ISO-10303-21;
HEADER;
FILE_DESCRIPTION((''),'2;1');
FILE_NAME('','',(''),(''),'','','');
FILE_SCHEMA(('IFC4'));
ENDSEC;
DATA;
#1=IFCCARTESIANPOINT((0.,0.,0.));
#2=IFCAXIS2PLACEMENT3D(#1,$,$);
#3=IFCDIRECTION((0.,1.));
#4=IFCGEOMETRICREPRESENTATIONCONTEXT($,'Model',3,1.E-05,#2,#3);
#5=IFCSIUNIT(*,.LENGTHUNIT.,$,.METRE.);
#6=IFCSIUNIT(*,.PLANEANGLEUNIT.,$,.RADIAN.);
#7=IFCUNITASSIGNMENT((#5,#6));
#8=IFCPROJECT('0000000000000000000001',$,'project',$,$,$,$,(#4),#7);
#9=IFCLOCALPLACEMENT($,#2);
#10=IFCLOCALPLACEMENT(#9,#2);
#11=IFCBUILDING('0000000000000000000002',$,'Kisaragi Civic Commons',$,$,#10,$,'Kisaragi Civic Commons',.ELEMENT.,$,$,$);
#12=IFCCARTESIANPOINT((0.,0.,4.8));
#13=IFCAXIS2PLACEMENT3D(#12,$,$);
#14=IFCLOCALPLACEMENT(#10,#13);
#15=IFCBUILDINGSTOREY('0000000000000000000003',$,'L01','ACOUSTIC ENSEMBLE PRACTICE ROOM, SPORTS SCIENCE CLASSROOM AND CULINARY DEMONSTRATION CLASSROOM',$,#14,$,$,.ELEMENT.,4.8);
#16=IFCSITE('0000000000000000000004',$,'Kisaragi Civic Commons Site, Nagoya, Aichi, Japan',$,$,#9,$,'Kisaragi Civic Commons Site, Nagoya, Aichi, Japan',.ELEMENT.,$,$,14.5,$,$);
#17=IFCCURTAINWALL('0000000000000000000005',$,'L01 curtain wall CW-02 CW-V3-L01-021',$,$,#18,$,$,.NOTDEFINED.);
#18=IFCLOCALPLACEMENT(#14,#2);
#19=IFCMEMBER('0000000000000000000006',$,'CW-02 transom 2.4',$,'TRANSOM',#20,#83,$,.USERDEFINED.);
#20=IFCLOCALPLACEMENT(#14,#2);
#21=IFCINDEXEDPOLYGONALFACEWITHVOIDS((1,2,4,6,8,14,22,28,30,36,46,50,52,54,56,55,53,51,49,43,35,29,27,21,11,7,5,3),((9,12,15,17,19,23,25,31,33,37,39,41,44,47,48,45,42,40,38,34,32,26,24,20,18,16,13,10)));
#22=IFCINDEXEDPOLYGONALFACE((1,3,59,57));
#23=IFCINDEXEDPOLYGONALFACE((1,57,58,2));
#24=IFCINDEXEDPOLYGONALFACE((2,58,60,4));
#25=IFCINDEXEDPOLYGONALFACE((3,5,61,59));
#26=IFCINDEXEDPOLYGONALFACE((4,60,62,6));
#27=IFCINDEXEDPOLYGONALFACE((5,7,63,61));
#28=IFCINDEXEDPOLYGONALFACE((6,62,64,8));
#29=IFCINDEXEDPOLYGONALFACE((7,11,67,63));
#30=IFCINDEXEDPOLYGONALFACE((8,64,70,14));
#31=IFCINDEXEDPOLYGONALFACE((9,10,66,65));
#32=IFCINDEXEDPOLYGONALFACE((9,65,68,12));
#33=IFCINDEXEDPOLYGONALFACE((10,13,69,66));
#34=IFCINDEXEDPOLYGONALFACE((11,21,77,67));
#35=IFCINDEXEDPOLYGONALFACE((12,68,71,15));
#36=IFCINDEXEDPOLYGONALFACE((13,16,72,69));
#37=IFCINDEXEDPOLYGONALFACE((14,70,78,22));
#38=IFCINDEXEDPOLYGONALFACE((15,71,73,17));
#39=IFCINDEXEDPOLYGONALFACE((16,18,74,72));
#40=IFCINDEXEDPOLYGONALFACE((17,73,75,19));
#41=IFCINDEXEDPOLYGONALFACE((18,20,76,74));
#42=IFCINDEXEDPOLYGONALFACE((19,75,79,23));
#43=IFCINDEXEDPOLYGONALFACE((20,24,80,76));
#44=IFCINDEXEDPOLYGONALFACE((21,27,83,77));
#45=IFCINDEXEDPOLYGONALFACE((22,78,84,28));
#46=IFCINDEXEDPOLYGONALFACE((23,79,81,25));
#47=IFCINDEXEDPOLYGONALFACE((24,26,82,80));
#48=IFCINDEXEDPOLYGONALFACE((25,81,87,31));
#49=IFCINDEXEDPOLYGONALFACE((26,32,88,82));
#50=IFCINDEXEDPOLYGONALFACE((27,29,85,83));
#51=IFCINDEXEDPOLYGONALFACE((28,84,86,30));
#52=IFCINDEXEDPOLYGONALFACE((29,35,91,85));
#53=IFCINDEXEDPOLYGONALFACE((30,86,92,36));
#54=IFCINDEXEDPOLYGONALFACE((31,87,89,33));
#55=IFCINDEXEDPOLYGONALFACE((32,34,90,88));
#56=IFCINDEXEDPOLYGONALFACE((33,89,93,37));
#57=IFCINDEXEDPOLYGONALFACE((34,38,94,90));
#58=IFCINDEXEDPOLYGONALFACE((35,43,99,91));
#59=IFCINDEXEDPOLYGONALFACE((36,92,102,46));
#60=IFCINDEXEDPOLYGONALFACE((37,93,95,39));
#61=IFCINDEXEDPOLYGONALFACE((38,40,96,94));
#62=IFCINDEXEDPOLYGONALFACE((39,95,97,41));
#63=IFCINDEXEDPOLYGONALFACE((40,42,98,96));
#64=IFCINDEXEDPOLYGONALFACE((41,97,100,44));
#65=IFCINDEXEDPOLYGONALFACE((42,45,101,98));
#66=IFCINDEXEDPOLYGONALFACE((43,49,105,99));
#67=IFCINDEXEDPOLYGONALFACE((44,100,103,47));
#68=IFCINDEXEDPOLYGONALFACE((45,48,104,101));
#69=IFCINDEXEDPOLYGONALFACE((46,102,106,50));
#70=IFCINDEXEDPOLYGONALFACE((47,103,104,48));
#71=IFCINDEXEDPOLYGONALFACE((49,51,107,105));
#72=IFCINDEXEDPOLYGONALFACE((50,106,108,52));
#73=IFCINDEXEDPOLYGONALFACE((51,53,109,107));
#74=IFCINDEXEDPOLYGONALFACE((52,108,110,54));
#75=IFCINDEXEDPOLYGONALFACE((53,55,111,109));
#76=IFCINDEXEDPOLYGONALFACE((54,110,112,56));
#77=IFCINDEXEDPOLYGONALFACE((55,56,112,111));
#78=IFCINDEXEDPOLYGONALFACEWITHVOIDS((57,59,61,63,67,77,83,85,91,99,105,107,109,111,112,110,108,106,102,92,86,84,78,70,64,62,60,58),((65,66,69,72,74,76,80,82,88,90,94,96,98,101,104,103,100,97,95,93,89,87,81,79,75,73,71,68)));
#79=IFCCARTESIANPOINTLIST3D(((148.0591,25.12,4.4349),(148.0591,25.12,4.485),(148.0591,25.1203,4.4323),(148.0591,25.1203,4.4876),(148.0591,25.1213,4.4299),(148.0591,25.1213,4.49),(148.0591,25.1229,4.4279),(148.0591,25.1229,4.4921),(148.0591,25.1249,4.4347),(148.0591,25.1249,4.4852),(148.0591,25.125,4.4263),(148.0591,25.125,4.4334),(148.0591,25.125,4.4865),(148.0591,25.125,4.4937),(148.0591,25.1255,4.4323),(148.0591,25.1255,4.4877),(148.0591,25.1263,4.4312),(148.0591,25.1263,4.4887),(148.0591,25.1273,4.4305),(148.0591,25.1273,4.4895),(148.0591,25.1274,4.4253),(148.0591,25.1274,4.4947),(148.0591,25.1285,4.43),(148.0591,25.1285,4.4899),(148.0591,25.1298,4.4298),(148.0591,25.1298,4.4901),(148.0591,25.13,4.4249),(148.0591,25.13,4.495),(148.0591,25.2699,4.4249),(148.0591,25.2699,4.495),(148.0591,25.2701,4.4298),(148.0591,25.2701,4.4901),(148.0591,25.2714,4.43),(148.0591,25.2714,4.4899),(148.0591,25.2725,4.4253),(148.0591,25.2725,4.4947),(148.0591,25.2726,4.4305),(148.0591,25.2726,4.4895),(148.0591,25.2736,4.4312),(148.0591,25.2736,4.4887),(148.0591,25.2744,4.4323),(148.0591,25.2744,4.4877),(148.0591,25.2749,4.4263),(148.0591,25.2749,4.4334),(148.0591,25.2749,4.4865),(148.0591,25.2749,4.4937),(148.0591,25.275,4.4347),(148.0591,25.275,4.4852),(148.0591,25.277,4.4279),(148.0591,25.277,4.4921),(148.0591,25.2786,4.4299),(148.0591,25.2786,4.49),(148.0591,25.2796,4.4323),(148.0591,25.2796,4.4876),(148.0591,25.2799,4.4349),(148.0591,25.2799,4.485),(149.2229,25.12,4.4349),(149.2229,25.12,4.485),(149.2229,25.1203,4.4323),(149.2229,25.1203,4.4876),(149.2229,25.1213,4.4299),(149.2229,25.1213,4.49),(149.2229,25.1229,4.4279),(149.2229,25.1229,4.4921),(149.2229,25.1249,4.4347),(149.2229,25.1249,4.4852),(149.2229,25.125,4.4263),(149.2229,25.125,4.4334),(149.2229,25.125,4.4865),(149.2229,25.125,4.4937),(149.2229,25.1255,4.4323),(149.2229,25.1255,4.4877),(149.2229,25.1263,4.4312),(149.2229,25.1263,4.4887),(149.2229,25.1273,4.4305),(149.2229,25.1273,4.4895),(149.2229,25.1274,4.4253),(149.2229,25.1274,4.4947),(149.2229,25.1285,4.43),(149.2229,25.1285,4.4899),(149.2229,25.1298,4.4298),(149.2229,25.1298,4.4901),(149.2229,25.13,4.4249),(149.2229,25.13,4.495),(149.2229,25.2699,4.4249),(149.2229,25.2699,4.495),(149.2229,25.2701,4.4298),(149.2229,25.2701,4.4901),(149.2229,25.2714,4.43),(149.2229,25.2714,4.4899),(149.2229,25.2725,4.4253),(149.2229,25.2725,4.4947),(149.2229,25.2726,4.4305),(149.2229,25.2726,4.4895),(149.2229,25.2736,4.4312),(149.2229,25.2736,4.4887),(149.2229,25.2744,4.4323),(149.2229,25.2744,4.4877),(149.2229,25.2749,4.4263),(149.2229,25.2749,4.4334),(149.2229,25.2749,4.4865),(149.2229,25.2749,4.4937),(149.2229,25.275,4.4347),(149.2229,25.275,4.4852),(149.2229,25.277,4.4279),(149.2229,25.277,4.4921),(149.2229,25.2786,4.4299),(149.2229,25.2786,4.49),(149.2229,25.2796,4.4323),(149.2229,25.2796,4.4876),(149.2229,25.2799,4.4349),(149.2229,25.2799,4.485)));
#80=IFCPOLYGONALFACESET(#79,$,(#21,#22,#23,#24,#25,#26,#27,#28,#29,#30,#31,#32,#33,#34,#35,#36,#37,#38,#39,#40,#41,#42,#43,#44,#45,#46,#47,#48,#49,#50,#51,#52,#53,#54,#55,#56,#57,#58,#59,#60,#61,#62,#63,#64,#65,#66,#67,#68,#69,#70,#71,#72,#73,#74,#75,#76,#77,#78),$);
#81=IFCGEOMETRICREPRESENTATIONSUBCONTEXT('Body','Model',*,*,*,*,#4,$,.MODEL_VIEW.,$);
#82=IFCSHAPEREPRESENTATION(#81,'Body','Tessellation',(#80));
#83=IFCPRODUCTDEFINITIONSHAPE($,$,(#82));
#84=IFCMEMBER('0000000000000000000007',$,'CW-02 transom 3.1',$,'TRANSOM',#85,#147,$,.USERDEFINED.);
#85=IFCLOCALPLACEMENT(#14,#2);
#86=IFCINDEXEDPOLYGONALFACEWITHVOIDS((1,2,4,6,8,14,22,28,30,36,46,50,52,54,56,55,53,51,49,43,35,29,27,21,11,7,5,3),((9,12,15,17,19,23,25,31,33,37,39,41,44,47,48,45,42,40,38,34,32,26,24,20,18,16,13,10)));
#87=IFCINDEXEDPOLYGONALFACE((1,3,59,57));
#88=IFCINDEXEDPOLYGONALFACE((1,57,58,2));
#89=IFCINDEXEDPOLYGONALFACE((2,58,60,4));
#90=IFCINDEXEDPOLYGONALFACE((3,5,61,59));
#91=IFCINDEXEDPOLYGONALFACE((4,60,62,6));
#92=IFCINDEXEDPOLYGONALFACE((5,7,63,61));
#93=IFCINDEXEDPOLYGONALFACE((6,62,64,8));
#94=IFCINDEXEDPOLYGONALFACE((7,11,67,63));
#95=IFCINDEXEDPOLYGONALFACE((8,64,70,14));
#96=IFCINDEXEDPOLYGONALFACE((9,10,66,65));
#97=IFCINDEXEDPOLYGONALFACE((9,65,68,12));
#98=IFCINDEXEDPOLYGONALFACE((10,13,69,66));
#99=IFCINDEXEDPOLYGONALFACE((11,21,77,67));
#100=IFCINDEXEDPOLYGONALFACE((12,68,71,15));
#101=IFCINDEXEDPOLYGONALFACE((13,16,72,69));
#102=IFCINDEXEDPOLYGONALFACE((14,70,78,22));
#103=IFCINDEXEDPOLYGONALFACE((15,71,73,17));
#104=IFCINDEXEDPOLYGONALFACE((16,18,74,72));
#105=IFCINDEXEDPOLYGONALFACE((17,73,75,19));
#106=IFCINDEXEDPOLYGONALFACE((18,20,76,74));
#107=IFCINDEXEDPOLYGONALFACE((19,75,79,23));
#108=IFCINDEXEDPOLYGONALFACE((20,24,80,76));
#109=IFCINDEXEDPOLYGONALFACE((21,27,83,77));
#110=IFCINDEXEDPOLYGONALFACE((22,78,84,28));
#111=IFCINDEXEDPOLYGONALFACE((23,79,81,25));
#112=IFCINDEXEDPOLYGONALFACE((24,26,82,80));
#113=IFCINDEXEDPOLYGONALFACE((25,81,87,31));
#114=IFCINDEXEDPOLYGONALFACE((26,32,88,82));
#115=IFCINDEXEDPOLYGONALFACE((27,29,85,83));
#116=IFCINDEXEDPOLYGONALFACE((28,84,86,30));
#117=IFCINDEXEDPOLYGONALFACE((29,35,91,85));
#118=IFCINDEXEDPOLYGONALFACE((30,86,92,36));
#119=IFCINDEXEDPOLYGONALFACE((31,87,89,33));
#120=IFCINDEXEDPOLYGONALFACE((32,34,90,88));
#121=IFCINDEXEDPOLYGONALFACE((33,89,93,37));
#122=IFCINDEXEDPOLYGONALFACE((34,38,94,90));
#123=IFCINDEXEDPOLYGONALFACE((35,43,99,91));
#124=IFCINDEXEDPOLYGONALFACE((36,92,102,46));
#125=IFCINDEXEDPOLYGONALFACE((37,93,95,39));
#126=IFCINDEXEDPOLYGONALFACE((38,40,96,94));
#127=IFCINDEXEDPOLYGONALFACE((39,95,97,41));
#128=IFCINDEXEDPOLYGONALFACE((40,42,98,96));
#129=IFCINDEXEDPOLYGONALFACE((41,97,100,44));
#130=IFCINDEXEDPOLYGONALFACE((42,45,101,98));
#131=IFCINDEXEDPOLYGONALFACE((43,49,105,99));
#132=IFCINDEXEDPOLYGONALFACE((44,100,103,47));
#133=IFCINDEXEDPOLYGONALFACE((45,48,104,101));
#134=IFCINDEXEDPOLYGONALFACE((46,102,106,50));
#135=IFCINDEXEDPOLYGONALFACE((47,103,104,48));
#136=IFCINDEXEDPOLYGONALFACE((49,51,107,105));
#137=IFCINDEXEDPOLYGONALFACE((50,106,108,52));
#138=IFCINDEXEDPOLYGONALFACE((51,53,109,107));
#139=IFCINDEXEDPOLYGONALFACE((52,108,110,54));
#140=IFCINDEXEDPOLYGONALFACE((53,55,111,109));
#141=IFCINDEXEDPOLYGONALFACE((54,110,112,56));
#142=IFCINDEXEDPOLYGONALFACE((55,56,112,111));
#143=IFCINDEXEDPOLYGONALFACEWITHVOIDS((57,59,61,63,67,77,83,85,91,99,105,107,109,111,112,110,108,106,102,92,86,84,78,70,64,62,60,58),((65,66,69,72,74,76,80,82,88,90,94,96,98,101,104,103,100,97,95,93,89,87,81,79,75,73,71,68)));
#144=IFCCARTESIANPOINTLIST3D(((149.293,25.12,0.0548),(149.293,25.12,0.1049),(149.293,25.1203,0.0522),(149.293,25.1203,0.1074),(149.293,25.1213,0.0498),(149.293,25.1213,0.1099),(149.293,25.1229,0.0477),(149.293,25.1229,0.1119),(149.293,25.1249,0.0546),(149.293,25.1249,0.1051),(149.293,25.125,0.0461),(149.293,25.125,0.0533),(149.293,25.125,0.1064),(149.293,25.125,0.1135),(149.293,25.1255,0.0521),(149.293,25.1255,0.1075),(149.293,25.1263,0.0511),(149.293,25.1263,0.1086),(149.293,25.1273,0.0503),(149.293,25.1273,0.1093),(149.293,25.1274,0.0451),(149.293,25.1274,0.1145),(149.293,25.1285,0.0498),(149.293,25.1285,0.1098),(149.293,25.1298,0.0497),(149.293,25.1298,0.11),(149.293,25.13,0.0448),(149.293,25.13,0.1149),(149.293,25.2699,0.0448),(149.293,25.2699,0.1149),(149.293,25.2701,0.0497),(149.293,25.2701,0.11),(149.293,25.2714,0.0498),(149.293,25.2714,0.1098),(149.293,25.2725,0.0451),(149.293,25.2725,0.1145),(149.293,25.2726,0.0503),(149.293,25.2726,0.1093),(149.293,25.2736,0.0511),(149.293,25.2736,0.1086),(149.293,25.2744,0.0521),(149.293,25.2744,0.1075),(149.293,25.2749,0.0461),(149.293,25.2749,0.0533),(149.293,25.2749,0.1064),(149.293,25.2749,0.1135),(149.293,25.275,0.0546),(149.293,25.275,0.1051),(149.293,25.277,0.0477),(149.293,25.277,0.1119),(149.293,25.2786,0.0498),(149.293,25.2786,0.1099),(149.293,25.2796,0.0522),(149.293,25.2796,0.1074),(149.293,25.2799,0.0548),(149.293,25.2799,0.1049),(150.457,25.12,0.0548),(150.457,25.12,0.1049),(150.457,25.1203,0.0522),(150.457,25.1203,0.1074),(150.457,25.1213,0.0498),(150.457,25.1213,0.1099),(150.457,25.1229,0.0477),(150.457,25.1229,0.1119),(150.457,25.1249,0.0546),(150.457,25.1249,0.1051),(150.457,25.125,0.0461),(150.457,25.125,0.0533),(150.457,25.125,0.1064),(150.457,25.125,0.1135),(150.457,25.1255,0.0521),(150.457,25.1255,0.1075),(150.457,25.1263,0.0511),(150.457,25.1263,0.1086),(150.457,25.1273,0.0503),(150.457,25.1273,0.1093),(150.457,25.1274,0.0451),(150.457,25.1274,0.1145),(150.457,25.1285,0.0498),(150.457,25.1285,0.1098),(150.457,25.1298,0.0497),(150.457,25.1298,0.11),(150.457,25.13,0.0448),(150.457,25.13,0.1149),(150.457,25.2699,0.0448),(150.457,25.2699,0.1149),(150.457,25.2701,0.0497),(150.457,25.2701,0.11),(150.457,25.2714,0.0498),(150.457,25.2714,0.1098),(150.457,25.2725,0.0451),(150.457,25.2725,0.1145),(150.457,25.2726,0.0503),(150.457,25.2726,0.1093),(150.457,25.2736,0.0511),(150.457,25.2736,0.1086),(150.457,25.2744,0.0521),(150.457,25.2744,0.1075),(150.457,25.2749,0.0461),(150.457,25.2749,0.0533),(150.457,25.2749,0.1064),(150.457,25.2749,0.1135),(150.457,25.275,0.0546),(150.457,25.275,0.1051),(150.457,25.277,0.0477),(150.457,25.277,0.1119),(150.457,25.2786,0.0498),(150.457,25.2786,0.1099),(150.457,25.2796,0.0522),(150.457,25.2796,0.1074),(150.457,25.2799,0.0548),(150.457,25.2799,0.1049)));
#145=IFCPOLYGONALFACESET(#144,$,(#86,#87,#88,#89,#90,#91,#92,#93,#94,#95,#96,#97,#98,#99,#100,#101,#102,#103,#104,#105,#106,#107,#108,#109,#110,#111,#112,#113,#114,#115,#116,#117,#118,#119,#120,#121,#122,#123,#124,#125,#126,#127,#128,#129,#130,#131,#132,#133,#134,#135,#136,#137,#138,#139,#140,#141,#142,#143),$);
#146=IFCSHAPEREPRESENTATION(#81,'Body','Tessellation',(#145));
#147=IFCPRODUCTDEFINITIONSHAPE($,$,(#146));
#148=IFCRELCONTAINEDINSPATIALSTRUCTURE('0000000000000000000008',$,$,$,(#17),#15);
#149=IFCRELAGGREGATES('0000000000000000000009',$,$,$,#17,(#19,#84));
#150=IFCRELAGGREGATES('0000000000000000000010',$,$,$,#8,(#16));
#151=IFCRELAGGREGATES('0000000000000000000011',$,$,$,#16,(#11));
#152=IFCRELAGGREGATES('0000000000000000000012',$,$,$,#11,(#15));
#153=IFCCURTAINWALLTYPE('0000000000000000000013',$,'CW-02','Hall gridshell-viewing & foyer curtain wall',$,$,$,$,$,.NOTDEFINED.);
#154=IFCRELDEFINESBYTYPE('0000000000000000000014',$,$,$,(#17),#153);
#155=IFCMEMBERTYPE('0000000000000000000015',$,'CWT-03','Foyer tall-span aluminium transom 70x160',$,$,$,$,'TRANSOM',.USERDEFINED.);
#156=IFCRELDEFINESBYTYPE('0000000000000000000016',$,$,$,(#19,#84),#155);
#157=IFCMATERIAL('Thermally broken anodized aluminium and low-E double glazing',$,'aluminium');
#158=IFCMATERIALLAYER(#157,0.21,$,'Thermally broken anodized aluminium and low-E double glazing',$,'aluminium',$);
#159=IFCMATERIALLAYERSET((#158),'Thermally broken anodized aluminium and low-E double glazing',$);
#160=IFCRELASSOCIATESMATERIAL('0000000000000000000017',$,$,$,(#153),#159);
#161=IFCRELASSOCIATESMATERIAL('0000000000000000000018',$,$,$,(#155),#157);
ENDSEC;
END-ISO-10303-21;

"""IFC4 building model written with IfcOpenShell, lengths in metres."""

from ifc_helpers import new_model, si_unit, direction, frame, origin, origin_2d, place, context, subcontext, project, spatial, hollow_rectangle, extrude, material, layer, layer_set, material_profile, profile_set, type_object, element, aggregate, save


model = new_model("IFC4")

# Units and contexts
model_context = context("Model", 3, precision=1e-05, world=origin(), true_north=direction((0.0, 1.0)))
body_context = subcontext(model_context, "Body", "Model", "MODEL_VIEW")
ifc_project = project(units=[si_unit("LENGTHUNIT", "METRE"), si_unit("PLANEANGLEUNIT", "RADIAN")], contexts=[model_context])

# Site, building, storey
site_placement = place(None, origin())
site = spatial("IfcSite", under=ifc_project, at=site_placement, Name="Kisaragi Civic Commons Site, Nagoya, Aichi, Japan", LongName="Kisaragi Civic Commons Site, Nagoya, Aichi, Japan", CompositionType="ELEMENT", RefElevation=14.5)
building_placement = place(site_placement, origin())
building = spatial("IfcBuilding", under=site, at=building_placement, Name="Kisaragi Civic Commons", LongName="Kisaragi Civic Commons", CompositionType="ELEMENT")
storey_placement = place(building_placement, frame((0.0, 0.0, 4.8)))
storey = spatial("IfcBuildingStorey", under=building, at=storey_placement, Name="L01", Description="ACOUSTIC ENSEMBLE PRACTICE ROOM, SPORTS SCIENCE CLASSROOM AND CULINARY DEMONSTRATION CLASSROOM", CompositionType="ELEMENT", Elevation=4.8)

# Curtain wall, members
ifc_material_1 = material(Name="Thermally broken anodized aluminium and low-E double glazing", Category="aluminium")
ifc_layer_1 = layer(ifc_material_1, 0.21, Name="Thermally broken anodized aluminium and low-E double glazing", Category="aluminium")
ifc_layer_set_1 = layer_set([ifc_layer_1], Name="Thermally broken anodized aluminium and low-E double glazing")
curtain_wall_type = type_object("IfcCurtainWallType", Name="CW-02", Description="Hall gridshell-viewing & foyer curtain wall", PredefinedType="NOTDEFINED", material=ifc_layer_set_1)
curtain_wall_placement = place(storey_placement, origin())
curtain_wall = element("IfcCurtainWall", 1, at=curtain_wall_placement, inside=storey, type_object=curtain_wall_type, Name="L01 curtain wall CW-02 CW-V3-L01-021", PredefinedType="NOTDEFINED")
ifc_material_profile_1 = material_profile(ifc_material_1, hollow_rectangle(XDim=0.1599, YDim=0.0701, WallThickness=0.0049, InnerFilletRadius=0.0049, OuterFilletRadius=0.01, at=origin_2d()), Name="CWT-70x160x5", Category="aluminium")
ifc_profile_set_1 = profile_set([ifc_material_profile_1], Name="Thermally broken anodized aluminium and low-E double glazing")
member_type_1 = type_object("IfcMemberType", Name="CWT-03", Description="Foyer tall-span aluminium transom 70x160", ElementType="TRANSOM", PredefinedType="USERDEFINED", material=ifc_profile_set_1)
member_1_placement = place(storey_placement, frame((148.0591, 25.2, 4.46), z_axis=(1.0, 0.0, 0.0), x_axis=(0.0, 1.0, 0.0)))
member_1 = element("IfcMember", 2, at=member_1_placement, type_object=member_type_1, Name="CW-02 transom 2.4", ObjectType="TRANSOM", PredefinedType="USERDEFINED", context=body_context, shape_type="SweptSolid", body=[
    extrude(hollow_rectangle(XDim=0.1599, YDim=0.0701, WallThickness=0.0049, InnerFilletRadius=0.0049, OuterFilletRadius=0.01, at=origin_2d()), origin(), (0.0, 0.0, 1.0), 1.1638),
])
member_2_placement = place(storey_placement, frame((149.293, 25.2, 0.0798), z_axis=(1.0, 0.0, 0.0), x_axis=(0.0, 1.0, 0.0)))
member_2 = element("IfcMember", 3, at=member_2_placement, type_object=member_type_1, Name="CW-02 transom 3.1", ObjectType="TRANSOM", PredefinedType="USERDEFINED", context=body_context, shape_type="SweptSolid", body=[
    extrude(hollow_rectangle(XDim=0.1599, YDim=0.0701, WallThickness=0.0049, InnerFilletRadius=0.0049, OuterFilletRadius=0.01, at=origin_2d()), origin(), (0.0, 0.0, 1.0), 1.1641),
])

aggregate(curtain_wall, [member_1, member_2])

save(model, "model.ifc")
